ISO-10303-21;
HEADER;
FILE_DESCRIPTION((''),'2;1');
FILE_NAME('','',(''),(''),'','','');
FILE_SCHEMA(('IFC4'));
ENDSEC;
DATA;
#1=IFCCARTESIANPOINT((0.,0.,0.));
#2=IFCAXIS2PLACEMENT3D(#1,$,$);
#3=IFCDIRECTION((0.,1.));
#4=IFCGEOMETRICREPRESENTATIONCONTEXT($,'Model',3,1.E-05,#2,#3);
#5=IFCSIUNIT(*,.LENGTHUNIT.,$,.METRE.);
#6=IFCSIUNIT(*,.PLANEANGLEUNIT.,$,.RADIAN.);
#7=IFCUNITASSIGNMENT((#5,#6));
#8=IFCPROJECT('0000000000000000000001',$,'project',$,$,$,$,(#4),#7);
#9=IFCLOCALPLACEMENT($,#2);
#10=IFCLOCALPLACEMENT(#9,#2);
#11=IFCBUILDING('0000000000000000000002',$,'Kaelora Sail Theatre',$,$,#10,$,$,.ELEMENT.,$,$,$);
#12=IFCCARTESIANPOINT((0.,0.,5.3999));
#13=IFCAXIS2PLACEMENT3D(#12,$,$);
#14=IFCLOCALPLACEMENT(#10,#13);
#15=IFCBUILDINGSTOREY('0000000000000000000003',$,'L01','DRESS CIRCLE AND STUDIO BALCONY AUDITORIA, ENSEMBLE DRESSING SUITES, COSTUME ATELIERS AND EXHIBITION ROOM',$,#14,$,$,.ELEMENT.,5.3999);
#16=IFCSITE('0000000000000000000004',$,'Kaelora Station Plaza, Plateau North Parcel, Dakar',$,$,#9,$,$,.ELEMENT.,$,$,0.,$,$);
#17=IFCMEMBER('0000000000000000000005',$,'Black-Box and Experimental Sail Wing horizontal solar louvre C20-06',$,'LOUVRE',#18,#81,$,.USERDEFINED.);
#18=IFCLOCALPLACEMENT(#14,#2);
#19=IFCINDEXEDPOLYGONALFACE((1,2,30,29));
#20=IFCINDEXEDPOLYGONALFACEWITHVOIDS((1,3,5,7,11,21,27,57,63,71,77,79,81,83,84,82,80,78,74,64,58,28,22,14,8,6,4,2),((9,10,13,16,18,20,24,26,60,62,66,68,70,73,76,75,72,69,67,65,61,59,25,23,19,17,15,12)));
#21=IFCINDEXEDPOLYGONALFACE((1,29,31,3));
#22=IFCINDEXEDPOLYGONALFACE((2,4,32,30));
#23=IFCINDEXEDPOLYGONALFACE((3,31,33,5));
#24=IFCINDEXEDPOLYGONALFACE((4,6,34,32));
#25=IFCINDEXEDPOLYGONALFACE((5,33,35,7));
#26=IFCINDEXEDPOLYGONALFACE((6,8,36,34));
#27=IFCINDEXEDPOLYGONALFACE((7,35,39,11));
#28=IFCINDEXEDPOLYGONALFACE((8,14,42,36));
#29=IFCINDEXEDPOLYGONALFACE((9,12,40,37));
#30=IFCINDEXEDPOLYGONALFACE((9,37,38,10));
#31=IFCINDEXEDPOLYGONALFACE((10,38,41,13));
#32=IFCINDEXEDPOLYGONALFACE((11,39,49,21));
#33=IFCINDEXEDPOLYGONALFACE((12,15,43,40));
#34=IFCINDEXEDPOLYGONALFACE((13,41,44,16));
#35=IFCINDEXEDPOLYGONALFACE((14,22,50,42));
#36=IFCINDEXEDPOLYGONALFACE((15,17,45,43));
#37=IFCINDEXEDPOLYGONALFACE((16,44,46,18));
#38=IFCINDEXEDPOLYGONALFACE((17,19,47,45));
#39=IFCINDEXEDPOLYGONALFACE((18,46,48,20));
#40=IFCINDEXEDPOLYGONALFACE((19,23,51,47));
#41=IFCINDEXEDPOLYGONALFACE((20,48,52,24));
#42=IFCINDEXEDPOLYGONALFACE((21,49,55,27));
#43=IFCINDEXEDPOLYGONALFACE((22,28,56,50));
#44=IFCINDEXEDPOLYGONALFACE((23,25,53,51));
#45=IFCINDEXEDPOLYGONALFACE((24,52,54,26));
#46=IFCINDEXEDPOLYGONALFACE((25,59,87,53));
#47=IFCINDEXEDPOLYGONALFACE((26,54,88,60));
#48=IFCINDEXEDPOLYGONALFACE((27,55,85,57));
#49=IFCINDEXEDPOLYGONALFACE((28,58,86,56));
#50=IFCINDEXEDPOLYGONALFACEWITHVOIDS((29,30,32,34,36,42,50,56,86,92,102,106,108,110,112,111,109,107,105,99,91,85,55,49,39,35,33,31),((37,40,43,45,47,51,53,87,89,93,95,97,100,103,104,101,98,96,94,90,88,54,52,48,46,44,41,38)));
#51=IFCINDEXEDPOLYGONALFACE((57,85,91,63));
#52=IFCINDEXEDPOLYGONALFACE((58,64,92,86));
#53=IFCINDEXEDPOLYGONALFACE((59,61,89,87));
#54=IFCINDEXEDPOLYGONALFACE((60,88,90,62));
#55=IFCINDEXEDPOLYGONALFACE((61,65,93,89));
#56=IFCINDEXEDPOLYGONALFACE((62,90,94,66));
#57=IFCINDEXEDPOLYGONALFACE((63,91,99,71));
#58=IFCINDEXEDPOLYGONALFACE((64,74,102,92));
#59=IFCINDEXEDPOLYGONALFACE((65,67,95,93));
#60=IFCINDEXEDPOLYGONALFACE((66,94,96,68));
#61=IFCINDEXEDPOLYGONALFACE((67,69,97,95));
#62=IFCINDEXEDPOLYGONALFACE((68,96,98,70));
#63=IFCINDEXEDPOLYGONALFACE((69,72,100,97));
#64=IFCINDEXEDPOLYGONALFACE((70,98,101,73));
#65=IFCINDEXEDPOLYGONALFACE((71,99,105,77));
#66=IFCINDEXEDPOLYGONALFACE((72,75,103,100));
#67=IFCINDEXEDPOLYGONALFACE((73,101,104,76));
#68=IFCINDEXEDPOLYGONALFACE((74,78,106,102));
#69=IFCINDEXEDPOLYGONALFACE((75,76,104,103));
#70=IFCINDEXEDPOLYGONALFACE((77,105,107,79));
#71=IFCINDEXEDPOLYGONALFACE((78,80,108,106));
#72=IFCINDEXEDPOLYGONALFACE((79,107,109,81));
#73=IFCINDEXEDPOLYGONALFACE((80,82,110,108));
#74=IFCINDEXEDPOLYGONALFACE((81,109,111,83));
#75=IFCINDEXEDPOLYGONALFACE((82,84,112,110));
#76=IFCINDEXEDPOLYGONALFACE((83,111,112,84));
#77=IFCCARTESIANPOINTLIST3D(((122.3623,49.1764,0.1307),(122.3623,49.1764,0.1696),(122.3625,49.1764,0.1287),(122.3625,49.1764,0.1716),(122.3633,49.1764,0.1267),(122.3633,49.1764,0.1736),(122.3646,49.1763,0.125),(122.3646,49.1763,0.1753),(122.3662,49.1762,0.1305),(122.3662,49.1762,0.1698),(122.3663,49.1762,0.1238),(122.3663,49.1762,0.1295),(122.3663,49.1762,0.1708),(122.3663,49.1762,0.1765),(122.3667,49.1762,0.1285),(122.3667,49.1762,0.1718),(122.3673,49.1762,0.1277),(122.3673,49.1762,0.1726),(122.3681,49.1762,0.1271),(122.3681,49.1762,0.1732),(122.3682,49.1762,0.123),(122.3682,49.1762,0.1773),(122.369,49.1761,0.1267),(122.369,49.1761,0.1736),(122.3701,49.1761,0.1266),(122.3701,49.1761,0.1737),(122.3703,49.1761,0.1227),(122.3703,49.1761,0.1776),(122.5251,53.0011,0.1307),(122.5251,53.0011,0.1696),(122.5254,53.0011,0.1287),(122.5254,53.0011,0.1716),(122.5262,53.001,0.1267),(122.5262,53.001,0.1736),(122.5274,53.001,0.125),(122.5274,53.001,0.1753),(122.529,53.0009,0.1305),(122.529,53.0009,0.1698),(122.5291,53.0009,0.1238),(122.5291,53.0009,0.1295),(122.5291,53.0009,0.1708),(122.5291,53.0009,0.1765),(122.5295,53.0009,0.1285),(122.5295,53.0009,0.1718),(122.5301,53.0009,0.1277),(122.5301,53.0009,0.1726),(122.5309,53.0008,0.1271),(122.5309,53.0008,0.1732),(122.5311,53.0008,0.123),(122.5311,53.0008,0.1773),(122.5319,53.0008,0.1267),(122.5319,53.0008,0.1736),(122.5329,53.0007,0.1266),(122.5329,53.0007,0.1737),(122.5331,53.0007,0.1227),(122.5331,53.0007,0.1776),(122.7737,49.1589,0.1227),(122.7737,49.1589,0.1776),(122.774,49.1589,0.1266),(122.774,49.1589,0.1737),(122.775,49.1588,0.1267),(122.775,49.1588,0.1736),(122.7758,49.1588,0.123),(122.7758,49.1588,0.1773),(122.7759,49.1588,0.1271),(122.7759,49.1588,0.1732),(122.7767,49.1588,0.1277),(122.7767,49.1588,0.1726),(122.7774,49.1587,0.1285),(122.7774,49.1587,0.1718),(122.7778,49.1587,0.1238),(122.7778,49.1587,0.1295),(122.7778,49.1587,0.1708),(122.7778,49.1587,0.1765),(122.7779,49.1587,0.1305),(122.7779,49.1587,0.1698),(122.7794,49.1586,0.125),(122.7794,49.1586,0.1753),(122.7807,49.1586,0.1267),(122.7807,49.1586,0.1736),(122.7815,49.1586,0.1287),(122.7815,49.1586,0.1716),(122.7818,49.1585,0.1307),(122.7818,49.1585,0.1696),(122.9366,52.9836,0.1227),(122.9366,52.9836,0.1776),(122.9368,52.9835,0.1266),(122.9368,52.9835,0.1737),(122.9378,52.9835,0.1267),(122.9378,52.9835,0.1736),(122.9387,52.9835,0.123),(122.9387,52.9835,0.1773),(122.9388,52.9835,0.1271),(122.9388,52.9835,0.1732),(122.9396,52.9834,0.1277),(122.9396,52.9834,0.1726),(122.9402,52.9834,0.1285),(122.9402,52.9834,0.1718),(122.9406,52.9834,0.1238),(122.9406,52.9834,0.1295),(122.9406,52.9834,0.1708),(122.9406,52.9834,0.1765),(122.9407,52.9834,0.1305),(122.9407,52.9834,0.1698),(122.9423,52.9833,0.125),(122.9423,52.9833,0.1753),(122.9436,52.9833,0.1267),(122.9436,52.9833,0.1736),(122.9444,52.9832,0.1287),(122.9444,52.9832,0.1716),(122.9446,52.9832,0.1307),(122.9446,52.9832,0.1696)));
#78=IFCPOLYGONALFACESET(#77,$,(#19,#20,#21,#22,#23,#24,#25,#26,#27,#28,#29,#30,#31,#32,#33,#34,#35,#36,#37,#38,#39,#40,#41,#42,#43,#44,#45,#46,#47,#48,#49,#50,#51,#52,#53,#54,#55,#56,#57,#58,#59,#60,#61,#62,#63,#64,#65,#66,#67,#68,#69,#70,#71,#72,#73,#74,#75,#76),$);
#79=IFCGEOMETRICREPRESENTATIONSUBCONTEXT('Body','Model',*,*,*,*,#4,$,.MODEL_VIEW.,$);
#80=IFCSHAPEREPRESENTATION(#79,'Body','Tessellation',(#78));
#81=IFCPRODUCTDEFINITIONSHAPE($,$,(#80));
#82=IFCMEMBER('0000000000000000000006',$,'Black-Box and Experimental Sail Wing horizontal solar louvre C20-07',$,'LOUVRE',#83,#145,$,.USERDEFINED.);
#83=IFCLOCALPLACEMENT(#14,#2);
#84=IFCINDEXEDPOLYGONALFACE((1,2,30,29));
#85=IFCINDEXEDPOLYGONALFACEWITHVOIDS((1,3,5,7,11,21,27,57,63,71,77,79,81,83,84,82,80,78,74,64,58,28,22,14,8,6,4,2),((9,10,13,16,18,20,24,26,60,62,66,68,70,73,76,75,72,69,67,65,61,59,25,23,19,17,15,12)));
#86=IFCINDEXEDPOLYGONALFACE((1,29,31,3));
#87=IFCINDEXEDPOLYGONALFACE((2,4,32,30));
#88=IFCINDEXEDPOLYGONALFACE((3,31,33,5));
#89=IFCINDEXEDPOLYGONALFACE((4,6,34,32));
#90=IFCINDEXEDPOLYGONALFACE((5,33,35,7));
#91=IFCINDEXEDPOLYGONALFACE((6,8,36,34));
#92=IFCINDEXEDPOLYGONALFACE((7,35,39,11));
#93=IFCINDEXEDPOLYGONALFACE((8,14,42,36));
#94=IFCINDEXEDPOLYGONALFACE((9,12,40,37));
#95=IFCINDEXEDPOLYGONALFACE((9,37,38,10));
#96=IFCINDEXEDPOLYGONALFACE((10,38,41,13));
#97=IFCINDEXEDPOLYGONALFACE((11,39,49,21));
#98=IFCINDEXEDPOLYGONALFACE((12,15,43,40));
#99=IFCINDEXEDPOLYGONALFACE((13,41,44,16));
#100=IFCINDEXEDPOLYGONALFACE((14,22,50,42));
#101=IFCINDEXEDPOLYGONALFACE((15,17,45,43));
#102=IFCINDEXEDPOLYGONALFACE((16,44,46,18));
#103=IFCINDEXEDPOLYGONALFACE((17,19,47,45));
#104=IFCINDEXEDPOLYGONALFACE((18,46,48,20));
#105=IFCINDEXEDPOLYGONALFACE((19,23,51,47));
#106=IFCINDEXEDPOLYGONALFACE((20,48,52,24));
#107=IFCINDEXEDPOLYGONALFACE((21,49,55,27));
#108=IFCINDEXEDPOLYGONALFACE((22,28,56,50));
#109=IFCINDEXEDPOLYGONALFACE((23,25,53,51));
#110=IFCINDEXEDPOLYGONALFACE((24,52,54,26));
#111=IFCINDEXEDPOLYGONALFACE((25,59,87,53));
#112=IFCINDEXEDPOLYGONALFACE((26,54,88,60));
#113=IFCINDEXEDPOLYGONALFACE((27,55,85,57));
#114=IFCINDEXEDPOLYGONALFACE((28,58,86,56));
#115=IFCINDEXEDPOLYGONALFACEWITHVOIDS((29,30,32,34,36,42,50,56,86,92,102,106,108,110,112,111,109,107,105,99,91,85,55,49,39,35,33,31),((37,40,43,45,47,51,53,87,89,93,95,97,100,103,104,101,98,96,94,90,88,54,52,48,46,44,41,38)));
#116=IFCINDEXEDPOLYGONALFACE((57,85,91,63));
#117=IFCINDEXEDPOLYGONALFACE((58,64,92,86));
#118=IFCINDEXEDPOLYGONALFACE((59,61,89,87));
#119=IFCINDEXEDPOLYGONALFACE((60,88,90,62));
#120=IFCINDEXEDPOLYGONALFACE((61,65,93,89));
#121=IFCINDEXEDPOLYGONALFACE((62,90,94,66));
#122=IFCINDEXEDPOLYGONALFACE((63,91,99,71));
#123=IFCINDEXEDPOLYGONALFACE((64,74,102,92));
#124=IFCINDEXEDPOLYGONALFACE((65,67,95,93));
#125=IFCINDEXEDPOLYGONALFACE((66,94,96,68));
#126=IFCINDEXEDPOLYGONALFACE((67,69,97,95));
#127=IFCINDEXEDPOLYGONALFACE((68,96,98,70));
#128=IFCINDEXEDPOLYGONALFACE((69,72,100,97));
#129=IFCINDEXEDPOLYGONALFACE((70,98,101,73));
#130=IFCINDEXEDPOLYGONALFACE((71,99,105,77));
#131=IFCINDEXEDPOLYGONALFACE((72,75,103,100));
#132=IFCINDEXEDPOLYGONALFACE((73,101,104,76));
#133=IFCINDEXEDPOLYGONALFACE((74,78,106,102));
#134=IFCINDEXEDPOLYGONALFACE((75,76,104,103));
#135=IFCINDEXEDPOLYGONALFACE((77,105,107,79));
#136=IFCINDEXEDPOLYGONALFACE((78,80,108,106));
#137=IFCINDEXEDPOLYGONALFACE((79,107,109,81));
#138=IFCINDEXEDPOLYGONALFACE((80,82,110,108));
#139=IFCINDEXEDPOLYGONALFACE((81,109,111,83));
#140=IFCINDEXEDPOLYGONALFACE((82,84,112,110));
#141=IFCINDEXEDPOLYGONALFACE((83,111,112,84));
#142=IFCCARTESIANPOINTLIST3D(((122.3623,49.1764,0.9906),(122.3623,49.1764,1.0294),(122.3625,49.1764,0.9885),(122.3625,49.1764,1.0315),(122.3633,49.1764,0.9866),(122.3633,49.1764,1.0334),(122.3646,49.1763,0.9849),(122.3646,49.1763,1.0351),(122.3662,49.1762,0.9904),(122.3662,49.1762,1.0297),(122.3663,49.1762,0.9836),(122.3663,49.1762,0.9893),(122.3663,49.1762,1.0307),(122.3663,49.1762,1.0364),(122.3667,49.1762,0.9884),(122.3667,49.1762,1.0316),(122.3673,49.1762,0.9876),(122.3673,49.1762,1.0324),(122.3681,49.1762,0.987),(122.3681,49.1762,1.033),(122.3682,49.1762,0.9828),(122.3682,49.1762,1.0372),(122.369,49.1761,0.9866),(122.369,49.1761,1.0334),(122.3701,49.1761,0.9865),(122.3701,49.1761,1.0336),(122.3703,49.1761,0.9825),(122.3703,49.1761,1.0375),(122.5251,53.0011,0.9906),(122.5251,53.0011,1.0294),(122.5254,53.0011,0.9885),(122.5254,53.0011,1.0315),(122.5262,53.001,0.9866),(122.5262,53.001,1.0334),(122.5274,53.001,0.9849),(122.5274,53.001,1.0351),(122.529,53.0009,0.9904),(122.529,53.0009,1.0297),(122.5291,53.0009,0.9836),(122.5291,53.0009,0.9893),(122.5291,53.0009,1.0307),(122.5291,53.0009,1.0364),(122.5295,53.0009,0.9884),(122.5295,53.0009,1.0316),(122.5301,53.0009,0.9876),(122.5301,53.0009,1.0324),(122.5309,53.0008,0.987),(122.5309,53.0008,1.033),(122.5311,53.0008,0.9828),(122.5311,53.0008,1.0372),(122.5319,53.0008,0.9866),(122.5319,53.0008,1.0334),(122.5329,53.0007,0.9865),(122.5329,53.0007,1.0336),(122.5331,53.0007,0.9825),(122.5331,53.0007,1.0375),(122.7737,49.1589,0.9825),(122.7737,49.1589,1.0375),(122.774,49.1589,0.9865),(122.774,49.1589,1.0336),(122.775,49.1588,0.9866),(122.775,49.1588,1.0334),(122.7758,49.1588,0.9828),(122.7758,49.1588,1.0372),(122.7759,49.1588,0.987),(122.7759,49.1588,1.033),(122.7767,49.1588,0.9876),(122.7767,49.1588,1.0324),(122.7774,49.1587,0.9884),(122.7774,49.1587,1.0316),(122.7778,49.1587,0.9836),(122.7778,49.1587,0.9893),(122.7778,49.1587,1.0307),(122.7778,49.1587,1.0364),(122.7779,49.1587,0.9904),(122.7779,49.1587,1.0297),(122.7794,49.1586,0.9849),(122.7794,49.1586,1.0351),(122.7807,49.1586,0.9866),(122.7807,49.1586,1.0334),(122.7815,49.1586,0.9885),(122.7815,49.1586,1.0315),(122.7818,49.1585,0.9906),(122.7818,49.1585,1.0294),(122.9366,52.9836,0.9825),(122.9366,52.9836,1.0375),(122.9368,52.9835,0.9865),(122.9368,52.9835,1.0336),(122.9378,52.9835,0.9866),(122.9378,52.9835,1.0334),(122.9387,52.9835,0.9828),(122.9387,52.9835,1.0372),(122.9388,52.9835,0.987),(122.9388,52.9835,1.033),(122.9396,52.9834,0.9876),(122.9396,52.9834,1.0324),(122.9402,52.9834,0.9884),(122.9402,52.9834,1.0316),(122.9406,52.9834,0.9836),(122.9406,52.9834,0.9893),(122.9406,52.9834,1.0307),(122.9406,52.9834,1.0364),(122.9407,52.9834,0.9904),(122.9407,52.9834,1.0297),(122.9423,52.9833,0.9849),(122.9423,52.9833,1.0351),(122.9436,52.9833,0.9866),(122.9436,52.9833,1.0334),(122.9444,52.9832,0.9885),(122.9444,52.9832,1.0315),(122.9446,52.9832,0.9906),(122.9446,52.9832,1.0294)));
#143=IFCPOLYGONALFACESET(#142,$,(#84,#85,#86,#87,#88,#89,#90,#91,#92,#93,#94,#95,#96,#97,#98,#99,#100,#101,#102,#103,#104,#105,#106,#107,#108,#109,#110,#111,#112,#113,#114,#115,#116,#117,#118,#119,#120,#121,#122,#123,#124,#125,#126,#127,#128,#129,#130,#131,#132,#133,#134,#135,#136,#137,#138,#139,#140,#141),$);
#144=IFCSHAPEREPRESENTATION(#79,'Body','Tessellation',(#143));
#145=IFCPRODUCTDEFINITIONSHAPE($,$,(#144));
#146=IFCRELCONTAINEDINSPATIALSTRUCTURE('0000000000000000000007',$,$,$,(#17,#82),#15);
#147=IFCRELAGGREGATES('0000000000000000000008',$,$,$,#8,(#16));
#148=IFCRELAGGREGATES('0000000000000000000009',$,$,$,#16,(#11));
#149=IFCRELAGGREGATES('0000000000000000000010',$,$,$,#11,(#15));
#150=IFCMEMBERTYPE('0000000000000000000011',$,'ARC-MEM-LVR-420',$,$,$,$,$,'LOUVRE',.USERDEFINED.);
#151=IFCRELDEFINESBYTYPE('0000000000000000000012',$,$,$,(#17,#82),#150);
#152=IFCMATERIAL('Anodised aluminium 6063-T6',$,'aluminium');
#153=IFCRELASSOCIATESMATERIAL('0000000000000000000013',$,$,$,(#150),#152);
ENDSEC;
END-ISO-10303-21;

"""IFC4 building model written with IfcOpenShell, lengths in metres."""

from ifc_helpers import new_model, si_unit, direction, frame, origin, origin_2d, place, context, subcontext, project, spatial, hollow_rectangle, extrude, material, material_profile, profile_set, type_object, element, save


model = new_model("IFC4")

# Units and contexts
model_context = context("Model", 3, precision=1e-05, world=origin(), true_north=direction((0.0, 1.0)))
body_context = subcontext(model_context, "Body", "Model", "MODEL_VIEW")
ifc_project = project(units=[si_unit("LENGTHUNIT", "METRE"), si_unit("PLANEANGLEUNIT", "RADIAN")], contexts=[model_context])

# Site, building, storey
site_placement = place(None, origin())
site = spatial("IfcSite", under=ifc_project, at=site_placement, Name="Kaelora Station Plaza, Plateau North Parcel, Dakar", CompositionType="ELEMENT", RefElevation=0.0)
building_placement = place(site_placement, origin())
building = spatial("IfcBuilding", under=site, at=building_placement, Name="Kaelora Sail Theatre", CompositionType="ELEMENT")
storey_placement = place(building_placement, frame((0.0, 0.0, 5.3999)))
storey = spatial("IfcBuildingStorey", under=building, at=storey_placement, Name="L01", Description="DRESS CIRCLE AND STUDIO BALCONY AUDITORIA, ENSEMBLE DRESSING SUITES, COSTUME ATELIERS AND EXHIBITION ROOM", CompositionType="ELEMENT", Elevation=5.3999)

# Members
ifc_material_1 = material(Name="Anodised aluminium 6063-T6", Category="aluminium")
ifc_material_profile_1 = material_profile(ifc_material_1, hollow_rectangle(XDim=0.4199, YDim=0.0549, WallThickness=0.0039, InnerFilletRadius=0.0039, OuterFilletRadius=0.0081, at=origin_2d()), Name="LOUVRE 420x55x4")
ifc_profile_set_1 = profile_set([ifc_material_profile_1], Name="Anodised aluminium 6063-T6")
member_type_1 = type_object("IfcMemberType", Name="ARC-MEM-LVR-420", ElementType="LOUVRE", PredefinedType="USERDEFINED", material=ifc_profile_set_1)
for number, where, z_axis, x_axis, name in (
    (1, (122.572, 49.1675, 0.1501), (0.042538, 0.999095, 0.0), (-0.999095, 0.042538, 0.0), "Black-Box and Experimental Sail Wing horizontal solar louvre C20-06"),
    (2, (122.572, 49.1675, 1.01), (0.042538, 0.999095, 0.0), (-0.999095, 0.042538, 0.0), "Black-Box and Experimental Sail Wing horizontal solar louvre C20-07"),
):
    element("IfcMember", number, at=place(storey_placement, frame(where, z_axis=z_axis, x_axis=x_axis)), inside=storey, type_object=member_type_1, Name=name, ObjectType="LOUVRE", PredefinedType="USERDEFINED", context=body_context, shape_type="SweptSolid", body=[
        extrude(hollow_rectangle(XDim=0.4199, YDim=0.0549, WallThickness=0.0039, InnerFilletRadius=0.0039, OuterFilletRadius=0.0081, at=origin_2d()), origin(), (0.0, 0.0, 1.0), 3.8281),
    ])

save(model, "model.ifc")
